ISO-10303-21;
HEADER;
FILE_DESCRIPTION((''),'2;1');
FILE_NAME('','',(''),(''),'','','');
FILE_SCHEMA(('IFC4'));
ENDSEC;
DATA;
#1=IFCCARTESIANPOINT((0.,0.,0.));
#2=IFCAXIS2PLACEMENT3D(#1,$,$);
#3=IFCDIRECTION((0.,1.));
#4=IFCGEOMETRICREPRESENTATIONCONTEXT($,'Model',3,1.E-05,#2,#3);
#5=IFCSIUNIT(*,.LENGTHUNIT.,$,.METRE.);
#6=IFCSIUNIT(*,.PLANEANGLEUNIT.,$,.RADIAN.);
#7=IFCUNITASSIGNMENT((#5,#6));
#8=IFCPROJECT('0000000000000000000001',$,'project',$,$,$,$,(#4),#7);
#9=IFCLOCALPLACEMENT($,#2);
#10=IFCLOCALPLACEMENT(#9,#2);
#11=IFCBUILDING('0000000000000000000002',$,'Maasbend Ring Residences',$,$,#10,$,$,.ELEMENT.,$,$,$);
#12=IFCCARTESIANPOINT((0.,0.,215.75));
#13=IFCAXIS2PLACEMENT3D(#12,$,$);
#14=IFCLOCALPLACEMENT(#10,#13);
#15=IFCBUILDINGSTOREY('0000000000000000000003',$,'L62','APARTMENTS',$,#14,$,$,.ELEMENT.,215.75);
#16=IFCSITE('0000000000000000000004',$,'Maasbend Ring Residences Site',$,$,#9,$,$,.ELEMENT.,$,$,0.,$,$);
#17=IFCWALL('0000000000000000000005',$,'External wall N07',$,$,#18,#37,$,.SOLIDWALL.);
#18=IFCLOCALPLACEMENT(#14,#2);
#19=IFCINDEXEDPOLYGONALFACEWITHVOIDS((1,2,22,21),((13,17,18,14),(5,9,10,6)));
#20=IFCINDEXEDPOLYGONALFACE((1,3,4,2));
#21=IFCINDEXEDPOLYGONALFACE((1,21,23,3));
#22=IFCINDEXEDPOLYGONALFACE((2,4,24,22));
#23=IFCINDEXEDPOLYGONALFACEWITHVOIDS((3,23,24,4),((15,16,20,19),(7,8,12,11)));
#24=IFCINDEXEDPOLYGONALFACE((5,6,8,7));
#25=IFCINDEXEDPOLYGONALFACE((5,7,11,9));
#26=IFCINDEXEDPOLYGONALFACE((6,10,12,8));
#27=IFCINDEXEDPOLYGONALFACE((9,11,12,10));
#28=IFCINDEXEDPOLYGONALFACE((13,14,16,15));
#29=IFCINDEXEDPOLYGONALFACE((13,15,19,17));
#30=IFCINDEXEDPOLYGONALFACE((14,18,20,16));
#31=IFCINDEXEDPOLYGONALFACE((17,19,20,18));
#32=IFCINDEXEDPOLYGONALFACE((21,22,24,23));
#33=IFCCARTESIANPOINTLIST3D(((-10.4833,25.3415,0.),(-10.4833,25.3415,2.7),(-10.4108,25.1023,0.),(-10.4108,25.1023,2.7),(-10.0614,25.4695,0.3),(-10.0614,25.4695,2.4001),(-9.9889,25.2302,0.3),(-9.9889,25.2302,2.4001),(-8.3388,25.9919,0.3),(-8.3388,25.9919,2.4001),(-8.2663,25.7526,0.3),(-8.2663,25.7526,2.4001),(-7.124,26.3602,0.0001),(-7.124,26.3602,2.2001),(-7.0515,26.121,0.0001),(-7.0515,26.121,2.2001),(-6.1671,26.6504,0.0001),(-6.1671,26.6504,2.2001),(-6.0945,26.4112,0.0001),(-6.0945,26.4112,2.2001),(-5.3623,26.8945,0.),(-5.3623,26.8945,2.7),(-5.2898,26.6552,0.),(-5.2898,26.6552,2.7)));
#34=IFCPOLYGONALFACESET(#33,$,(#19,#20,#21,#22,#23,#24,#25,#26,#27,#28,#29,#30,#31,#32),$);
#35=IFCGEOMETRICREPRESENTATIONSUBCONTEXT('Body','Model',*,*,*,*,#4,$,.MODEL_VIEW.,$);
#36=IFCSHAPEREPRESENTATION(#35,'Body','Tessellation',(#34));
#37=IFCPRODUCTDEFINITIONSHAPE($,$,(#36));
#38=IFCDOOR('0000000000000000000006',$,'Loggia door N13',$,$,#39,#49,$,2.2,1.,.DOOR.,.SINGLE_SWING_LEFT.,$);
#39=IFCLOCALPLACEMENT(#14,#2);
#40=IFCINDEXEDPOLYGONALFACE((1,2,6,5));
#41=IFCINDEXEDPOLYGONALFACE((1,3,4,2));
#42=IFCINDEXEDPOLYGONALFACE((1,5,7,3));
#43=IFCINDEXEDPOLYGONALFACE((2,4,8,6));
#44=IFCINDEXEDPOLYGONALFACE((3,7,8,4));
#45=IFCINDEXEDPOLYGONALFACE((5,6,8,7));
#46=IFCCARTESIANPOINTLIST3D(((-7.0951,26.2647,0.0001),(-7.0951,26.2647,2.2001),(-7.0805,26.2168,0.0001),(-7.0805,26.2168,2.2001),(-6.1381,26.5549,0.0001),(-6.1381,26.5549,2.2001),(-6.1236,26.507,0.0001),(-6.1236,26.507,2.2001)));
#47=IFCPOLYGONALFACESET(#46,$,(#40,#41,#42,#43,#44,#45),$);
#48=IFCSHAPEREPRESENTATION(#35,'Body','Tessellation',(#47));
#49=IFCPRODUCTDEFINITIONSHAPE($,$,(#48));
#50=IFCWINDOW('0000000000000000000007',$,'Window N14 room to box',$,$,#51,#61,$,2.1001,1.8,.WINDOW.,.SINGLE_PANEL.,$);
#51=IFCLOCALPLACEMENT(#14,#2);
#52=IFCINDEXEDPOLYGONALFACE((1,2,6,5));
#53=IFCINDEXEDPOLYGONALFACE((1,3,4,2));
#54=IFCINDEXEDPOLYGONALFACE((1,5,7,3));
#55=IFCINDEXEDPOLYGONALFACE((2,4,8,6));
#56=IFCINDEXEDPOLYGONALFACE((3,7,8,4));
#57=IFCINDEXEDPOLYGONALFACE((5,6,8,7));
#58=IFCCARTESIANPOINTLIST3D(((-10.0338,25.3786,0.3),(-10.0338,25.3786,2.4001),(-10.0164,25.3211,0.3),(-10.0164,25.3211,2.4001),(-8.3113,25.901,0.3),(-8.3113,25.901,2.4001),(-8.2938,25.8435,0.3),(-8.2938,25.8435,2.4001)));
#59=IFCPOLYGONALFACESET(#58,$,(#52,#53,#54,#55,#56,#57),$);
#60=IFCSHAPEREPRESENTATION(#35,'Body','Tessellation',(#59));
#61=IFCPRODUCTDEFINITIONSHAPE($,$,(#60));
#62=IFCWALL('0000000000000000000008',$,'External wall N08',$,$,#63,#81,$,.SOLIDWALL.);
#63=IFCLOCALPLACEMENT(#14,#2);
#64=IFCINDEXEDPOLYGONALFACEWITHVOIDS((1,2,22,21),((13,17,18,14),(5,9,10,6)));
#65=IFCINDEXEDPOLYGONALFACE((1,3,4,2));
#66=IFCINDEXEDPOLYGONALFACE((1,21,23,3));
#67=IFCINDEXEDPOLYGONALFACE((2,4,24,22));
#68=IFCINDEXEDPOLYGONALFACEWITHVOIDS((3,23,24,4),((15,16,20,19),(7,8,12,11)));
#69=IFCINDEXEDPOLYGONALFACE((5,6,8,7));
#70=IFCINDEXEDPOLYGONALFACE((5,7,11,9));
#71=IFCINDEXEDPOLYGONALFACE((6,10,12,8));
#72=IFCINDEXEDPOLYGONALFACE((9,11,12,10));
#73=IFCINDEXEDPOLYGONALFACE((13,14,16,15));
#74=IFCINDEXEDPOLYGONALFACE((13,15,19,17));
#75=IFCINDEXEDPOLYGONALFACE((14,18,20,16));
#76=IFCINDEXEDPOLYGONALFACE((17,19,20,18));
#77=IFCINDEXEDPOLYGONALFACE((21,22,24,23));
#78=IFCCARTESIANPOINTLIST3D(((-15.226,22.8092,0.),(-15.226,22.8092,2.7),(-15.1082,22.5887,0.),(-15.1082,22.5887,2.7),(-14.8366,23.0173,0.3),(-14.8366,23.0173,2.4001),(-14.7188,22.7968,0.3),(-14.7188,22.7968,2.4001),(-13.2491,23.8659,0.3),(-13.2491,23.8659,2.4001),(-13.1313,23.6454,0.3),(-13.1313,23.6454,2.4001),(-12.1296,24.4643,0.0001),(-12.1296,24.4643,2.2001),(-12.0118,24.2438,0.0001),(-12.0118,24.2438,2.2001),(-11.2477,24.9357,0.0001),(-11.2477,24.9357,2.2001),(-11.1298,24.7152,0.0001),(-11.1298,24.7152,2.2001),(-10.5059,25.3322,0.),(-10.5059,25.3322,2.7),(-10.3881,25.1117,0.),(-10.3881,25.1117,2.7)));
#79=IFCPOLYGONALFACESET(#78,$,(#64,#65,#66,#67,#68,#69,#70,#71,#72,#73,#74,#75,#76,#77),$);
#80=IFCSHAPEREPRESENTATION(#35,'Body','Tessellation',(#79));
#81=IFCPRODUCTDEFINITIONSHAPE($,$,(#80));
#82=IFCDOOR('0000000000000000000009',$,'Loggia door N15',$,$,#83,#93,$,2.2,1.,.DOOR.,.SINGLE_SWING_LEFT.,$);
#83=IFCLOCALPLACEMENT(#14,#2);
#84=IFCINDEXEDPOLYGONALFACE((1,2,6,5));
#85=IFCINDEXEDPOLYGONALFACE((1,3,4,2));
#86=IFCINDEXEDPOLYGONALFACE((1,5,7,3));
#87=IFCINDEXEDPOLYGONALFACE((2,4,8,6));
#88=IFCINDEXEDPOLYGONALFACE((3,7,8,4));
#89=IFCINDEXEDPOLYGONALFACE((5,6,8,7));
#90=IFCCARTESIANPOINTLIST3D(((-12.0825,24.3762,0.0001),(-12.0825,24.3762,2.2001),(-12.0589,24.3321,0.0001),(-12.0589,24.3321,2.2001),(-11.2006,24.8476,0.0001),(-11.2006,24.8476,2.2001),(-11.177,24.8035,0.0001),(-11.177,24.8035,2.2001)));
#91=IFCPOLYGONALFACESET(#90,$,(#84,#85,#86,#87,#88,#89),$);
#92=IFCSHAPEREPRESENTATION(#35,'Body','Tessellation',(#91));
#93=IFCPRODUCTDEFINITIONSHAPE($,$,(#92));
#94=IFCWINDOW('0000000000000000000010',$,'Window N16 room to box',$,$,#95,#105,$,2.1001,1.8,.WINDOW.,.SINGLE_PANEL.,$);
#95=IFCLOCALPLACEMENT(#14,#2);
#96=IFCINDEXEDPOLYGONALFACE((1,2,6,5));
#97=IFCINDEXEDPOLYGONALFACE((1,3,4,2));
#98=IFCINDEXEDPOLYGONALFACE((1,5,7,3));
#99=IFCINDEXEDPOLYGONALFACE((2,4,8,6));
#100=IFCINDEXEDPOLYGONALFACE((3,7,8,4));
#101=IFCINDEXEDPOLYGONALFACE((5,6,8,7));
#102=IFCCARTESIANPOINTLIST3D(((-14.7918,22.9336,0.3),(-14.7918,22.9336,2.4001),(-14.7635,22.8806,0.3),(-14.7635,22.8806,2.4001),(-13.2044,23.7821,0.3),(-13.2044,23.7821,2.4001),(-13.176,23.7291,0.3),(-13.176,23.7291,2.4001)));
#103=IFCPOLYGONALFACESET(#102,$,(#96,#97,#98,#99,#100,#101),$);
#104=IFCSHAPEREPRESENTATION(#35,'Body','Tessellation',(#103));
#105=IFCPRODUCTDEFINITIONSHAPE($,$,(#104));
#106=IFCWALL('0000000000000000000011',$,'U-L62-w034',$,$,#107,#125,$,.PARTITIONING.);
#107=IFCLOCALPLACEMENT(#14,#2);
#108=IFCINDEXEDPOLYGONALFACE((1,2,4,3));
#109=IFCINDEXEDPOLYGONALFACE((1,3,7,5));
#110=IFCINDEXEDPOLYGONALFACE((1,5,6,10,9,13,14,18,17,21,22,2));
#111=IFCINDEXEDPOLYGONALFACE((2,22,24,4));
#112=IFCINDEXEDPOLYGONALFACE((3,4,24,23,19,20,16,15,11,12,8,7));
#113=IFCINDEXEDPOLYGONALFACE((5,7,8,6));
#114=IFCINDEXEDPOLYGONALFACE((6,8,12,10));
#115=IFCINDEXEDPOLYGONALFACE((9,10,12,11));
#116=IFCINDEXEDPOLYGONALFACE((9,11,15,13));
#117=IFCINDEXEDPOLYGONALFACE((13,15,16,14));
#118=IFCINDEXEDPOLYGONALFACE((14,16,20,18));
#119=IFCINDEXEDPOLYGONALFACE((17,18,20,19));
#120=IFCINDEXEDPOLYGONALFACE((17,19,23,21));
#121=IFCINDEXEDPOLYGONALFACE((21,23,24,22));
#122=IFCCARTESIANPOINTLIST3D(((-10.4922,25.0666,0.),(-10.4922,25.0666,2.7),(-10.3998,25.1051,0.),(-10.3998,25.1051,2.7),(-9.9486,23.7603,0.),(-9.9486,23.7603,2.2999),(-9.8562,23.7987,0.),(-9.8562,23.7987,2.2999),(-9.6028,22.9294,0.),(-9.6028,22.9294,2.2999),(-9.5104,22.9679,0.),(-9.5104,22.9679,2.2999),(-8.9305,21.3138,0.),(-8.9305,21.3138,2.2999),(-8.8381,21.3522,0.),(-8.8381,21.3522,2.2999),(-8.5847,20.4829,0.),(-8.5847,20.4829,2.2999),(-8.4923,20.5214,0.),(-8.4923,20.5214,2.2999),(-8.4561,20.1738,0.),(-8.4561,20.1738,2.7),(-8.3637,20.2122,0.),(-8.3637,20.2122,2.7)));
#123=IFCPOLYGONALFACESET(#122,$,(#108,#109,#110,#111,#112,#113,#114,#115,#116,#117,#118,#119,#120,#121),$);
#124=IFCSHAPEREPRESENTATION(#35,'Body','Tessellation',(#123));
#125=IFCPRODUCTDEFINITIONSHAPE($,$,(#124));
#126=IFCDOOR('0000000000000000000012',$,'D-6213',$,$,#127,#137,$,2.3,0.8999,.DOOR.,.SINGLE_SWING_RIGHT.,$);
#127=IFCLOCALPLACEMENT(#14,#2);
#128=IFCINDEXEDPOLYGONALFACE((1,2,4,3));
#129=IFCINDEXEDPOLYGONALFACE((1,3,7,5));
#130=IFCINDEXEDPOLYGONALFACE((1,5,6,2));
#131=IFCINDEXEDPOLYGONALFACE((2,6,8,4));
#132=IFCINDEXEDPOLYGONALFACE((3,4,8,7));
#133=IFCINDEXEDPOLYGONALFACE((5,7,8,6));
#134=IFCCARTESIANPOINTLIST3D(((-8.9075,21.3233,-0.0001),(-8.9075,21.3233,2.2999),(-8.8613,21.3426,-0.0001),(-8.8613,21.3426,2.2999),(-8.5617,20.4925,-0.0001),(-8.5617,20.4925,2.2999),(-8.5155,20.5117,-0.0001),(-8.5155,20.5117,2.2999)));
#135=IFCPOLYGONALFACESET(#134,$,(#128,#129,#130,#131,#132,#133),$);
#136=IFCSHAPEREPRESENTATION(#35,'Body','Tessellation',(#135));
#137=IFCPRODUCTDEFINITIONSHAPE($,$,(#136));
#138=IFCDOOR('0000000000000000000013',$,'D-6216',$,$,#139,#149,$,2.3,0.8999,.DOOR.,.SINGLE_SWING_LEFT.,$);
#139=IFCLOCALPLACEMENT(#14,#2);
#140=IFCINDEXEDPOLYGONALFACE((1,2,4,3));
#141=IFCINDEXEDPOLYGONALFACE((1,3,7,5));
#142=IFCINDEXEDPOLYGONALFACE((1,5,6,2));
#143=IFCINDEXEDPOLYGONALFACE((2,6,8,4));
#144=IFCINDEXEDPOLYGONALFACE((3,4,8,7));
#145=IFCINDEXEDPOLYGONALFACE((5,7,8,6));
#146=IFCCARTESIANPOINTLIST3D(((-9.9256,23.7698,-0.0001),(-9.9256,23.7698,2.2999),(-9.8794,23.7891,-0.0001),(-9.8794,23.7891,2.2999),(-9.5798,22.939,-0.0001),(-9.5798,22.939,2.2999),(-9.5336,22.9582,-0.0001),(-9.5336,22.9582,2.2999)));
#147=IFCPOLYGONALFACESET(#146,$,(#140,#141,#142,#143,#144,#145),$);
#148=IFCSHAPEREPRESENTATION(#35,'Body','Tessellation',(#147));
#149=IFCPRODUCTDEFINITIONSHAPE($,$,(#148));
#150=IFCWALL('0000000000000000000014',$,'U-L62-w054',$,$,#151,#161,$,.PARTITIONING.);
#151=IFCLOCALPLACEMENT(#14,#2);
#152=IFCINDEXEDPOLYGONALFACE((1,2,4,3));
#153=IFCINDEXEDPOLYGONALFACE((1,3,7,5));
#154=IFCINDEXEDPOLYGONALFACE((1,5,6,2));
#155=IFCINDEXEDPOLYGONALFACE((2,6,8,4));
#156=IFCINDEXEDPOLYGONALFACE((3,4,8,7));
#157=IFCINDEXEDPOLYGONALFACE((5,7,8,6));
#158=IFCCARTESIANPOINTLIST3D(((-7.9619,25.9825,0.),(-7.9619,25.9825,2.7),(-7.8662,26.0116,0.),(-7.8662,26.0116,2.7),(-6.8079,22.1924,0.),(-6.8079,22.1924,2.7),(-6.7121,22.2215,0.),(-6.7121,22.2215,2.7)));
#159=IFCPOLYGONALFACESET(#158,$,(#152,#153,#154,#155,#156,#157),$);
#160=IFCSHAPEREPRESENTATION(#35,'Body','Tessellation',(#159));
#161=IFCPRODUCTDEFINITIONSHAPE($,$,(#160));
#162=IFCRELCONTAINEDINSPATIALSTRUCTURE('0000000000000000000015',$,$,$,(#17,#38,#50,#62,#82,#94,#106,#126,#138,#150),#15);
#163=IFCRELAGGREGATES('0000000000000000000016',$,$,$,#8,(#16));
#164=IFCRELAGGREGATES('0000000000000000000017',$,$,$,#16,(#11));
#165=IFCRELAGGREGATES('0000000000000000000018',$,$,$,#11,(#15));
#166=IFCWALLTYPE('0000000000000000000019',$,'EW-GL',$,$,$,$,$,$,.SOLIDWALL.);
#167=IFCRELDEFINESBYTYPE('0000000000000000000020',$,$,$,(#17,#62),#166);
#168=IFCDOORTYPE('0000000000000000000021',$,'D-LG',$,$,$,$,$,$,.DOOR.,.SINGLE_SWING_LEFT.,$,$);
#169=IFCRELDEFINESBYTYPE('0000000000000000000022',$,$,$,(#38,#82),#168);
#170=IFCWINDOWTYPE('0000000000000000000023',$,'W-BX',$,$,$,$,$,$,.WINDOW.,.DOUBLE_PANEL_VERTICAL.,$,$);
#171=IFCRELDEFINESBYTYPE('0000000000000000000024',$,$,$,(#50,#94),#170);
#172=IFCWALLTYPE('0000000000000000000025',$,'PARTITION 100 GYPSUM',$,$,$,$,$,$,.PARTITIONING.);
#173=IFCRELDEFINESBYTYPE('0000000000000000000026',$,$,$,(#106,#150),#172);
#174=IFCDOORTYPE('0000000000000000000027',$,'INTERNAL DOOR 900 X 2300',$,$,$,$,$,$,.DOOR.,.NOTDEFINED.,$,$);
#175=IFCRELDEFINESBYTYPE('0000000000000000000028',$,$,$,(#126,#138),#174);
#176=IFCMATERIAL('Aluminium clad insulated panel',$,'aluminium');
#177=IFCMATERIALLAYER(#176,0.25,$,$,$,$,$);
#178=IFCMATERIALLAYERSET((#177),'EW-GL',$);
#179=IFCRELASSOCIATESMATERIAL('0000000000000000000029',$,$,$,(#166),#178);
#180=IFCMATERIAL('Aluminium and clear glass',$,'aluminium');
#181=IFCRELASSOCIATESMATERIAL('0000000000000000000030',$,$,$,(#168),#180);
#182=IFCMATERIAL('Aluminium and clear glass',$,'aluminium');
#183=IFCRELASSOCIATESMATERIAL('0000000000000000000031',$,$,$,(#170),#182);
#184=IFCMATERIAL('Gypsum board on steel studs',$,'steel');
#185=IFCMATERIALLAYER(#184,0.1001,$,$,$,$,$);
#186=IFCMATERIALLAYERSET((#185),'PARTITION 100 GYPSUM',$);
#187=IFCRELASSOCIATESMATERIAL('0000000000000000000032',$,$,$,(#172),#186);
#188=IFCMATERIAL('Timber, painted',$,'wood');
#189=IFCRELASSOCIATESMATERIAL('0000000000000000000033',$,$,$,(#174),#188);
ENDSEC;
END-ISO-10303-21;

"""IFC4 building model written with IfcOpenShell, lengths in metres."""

from ifc_helpers import new_model, si_unit, direction, frame, frame_2d, origin, place, context, subcontext, project, spatial, rectangle, extrude, material, layer, layer_set, type_object, element, fill, save


model = new_model("IFC4")

# Units and contexts
model_context = context("Model", 3, precision=1e-05, world=origin(), true_north=direction((0.0, 1.0)))
body_context = subcontext(model_context, "Body", "Model", "MODEL_VIEW")
ifc_project = project(units=[si_unit("LENGTHUNIT", "METRE"), si_unit("PLANEANGLEUNIT", "RADIAN")], contexts=[model_context])

# Site, building, storey
site_placement = place(None, origin())
site = spatial("IfcSite", under=ifc_project, at=site_placement, Name="Maasbend Ring Residences Site", CompositionType="ELEMENT", RefElevation=0.0)
building_placement = place(site_placement, origin())
building = spatial("IfcBuilding", under=site, at=building_placement, Name="Maasbend Ring Residences", CompositionType="ELEMENT")
storey_placement = place(building_placement, frame((0.0, 0.0, 215.75)))
storey = spatial("IfcBuildingStorey", under=building, at=storey_placement, Name="L62", Description="APARTMENTS", CompositionType="ELEMENT", Elevation=215.75)

# Walls, openings, doors, windows
ifc_material_1 = material(Name="Aluminium clad insulated panel", Category="aluminium")
ifc_layer_1 = layer(ifc_material_1, 0.25)
ifc_layer_set_1 = layer_set([ifc_layer_1], Name="EW-GL")
wall_type_1 = type_object("IfcWallType", Name="EW-GL", PredefinedType="SOLIDWALL", material=ifc_layer_set_1)
wall_1_placement = place(storey_placement, frame((-5.3259, 26.7749, 0.0), z_axis=(0.0, 0.0, 1.0), x_axis=(-0.956966, -0.290201, 0.0)))
wall_1 = element("IfcWall", 1, at=wall_1_placement, inside=storey, type_object=wall_type_1, Name="External wall N07", PredefinedType="SOLIDWALL", context=body_context, shape_type="SweptSolid", body=[
    extrude(rectangle(XDim=5.3513, YDim=0.25, at=frame_2d((2.6758, 0.0))), origin(), (0.0, 0.0, 1.0), 2.7),
])
opening_1_placement = place(wall_1_placement, frame((0.8411, 0.0, 0.0)))
opening_1 = element("IfcOpeningElement", 2, at=opening_1_placement, cuts=wall_1, PredefinedType="OPENING", context=body_context, shape_type="SweptSolid", body=[
    extrude(rectangle(XDim=1.0, YDim=2.2, at=frame_2d((0.5, 1.1001))), frame((0.0, 0.135, 0.0), z_axis=(0.0, -1.0, 0.0), x_axis=(1.0, 0.0, 0.0)), (0.0, 0.0, 1.0), 0.27),
])
opening_2_placement = place(wall_1_placement, frame((3.1106, 0.0, 0.3)))
opening_2 = element("IfcOpeningElement", 3, at=opening_2_placement, cuts=wall_1, PredefinedType="OPENING", context=body_context, shape_type="SweptSolid", body=[
    extrude(rectangle(XDim=1.8, YDim=2.1001, at=frame_2d((0.8999, 1.05))), frame((0.0, 0.135, 0.0), z_axis=(0.0, -1.0, 0.0), x_axis=(1.0, 0.0, 0.0)), (0.0, 0.0, 1.0), 0.27),
])
ifc_material_2 = material(Name="Aluminium and clear glass", Category="aluminium")
door_type_1 = type_object("IfcDoorType", Name="D-LG", OperationType="SINGLE_SWING_LEFT", PredefinedType="DOOR", material=ifc_material_2)
door_1_placement = place(opening_1_placement, origin())
door_1 = element("IfcDoor", 4, at=door_1_placement, inside=storey, type_object=door_type_1, Name="Loggia door N13", OperationType="SINGLE_SWING_LEFT", OverallHeight=2.2, OverallWidth=1.0, PredefinedType="DOOR", context=body_context, shape_type="SweptSolid", body=[
    extrude(rectangle(XDim=1.0, YDim=2.2, at=frame_2d((0.5, 1.1001))), frame((0.0, 0.0249, 0.0), z_axis=(0.0, -1.0, 0.0), x_axis=(1.0, 0.0, 0.0)), (0.0, 0.0, 1.0), 0.05),
])
fill(opening_1, door_1)
ifc_material_3 = material(Name="Aluminium and clear glass", Category="aluminium")
window_type_1 = type_object("IfcWindowType", Name="W-BX", PartitioningType="DOUBLE_PANEL_VERTICAL", PredefinedType="WINDOW", material=ifc_material_3)
window_1_placement = place(opening_2_placement, origin())
window_1 = element("IfcWindow", 5, at=window_1_placement, inside=storey, type_object=window_type_1, Name="Window N14 room to box", OverallHeight=2.1001, OverallWidth=1.8, PartitioningType="SINGLE_PANEL", PredefinedType="WINDOW", context=body_context, shape_type="SweptSolid", body=[
    extrude(rectangle(XDim=1.8, YDim=2.1001, at=frame_2d((0.8999, 1.05))), frame((0.0, 0.03, 0.0), z_axis=(0.0, -1.0, 0.0), x_axis=(1.0, 0.0, 0.0)), (0.0, 0.0, 1.0), 0.0601),
])
fill(opening_2, window_1)
wall_2_placement = place(storey_placement, frame((-10.447, 25.2219, 0.0), z_axis=(0.0, 0.0, 1.0), x_axis=(-0.881916, -0.471407, 0.0)))
wall_2 = element("IfcWall", 6, at=wall_2_placement, inside=storey, type_object=wall_type_1, Name="External wall N08", PredefinedType="SOLIDWALL", context=body_context, shape_type="SweptSolid", body=[
    extrude(rectangle(XDim=5.3521, YDim=0.25, at=frame_2d((2.676, 0.0))), origin(), (0.0, 0.0, 1.0), 2.7),
])
opening_3_placement = place(wall_2_placement, frame((0.8411, 0.0, 0.0)))
opening_3 = element("IfcOpeningElement", 7, at=opening_3_placement, cuts=wall_2, PredefinedType="OPENING", context=body_context, shape_type="SweptSolid", body=[
    extrude(rectangle(XDim=1.0, YDim=2.2, at=frame_2d((0.5, 1.1001))), frame((0.0, 0.135, 0.0), z_axis=(0.0, -1.0, 0.0), x_axis=(1.0, 0.0, 0.0)), (0.0, 0.0, 1.0), 0.27),
])
opening_4_placement = place(wall_2_placement, frame((3.1106, 0.0, 0.3)))
opening_4 = element("IfcOpeningElement", 8, at=opening_4_placement, cuts=wall_2, PredefinedType="OPENING", context=body_context, shape_type="SweptSolid", body=[
    extrude(rectangle(XDim=1.8, YDim=2.1001, at=frame_2d((0.8999, 1.05))), frame((0.0, 0.135, 0.0), z_axis=(0.0, -1.0, 0.0), x_axis=(1.0, 0.0, 0.0)), (0.0, 0.0, 1.0), 0.27),
])
door_2_placement = place(opening_3_placement, origin())
door_2 = element("IfcDoor", 9, at=door_2_placement, inside=storey, type_object=door_type_1, Name="Loggia door N15", OperationType="SINGLE_SWING_LEFT", OverallHeight=2.2, OverallWidth=1.0, PredefinedType="DOOR", context=body_context, shape_type="SweptSolid", body=[
    extrude(rectangle(XDim=1.0, YDim=2.2, at=frame_2d((0.5, 1.1001))), frame((0.0, 0.0249, 0.0), z_axis=(0.0, -1.0, 0.0), x_axis=(1.0, 0.0, 0.0)), (0.0, 0.0, 1.0), 0.05),
])
fill(opening_3, door_2)
window_2_placement = place(opening_4_placement, origin())
window_2 = element("IfcWindow", 10, at=window_2_placement, inside=storey, type_object=window_type_1, Name="Window N16 room to box", OverallHeight=2.1001, OverallWidth=1.8, PartitioningType="SINGLE_PANEL", PredefinedType="WINDOW", context=body_context, shape_type="SweptSolid", body=[
    extrude(rectangle(XDim=1.8, YDim=2.1001, at=frame_2d((0.8999, 1.05))), frame((0.0, 0.03, 0.0), z_axis=(0.0, -1.0, 0.0), x_axis=(1.0, 0.0, 0.0)), (0.0, 0.0, 1.0), 0.0601),
])
fill(opening_4, window_2)

# Wall, openings, doors
ifc_material_4 = material(Name="Gypsum board on steel studs", Category="steel")
ifc_layer_2 = layer(ifc_material_4, 0.1001)
ifc_layer_set_2 = layer_set([ifc_layer_2], Name="PARTITION 100 GYPSUM")
wall_type_2 = type_object("IfcWallType", Name="PARTITION 100 GYPSUM", PredefinedType="PARTITIONING", material=ifc_layer_set_2)
wall_3_placement = place(storey_placement, frame((-10.446, 25.0859, 0.0), z_axis=(0.0, 0.0, 1.0), x_axis=(0.384206, -0.923247, 0.0)))
wall_3 = element("IfcWall", 11, at=wall_3_placement, inside=storey, type_object=wall_type_2, Name="U-L62-w034", PredefinedType="PARTITIONING", context=body_context, shape_type="SweptSolid", body=[
    extrude(rectangle(XDim=5.2996, YDim=0.1001, at=frame_2d((2.6499, 0.0))), origin(), (0.0, 0.0, 1.0), 2.7),
])
opening_5_placement = place(wall_3_placement, frame((4.0649, 0.0, 0.0)))
opening_5 = element("IfcOpeningElement", 12, at=opening_5_placement, cuts=wall_3, PredefinedType="OPENING", context=body_context, shape_type="SweptSolid", body=[
    extrude(rectangle(XDim=0.8999, YDim=2.3, at=frame_2d((0.45, 1.1499))), frame((0.0, 0.0601, 0.0), z_axis=(0.0, -1.0, 0.0), x_axis=(1.0, 0.0, 0.0)), (0.0, 0.0, 1.0), 0.1201),
])
opening_6_placement = place(wall_3_placement, frame((1.415, 0.0, 0.0)))
opening_6 = element("IfcOpeningElement", 13, at=opening_6_placement, cuts=wall_3, PredefinedType="OPENING", context=body_context, shape_type="SweptSolid", body=[
    extrude(rectangle(XDim=0.8999, YDim=2.3, at=frame_2d((0.45, 1.1499))), frame((0.0, 0.0601, 0.0), z_axis=(0.0, -1.0, 0.0), x_axis=(1.0, 0.0, 0.0)), (0.0, 0.0, 1.0), 0.1201),
])
ifc_material_5 = material(Name="Timber, painted", Category="wood")
door_type_2 = type_object("IfcDoorType", Name="INTERNAL DOOR 900 X 2300", OperationType="NOTDEFINED", PredefinedType="DOOR", material=ifc_material_5)
door_3_placement = place(opening_5_placement, origin())
door_3 = element("IfcDoor", 14, at=door_3_placement, inside=storey, type_object=door_type_2, Name="D-6213", OperationType="SINGLE_SWING_RIGHT", OverallHeight=2.3, OverallWidth=0.8999, PredefinedType="DOOR", context=body_context, shape_type="SweptSolid", body=[
    extrude(rectangle(XDim=0.8999, YDim=2.3, at=frame_2d((0.45, 1.1499))), frame((0.0, 0.0249, 0.0), z_axis=(0.0, -1.0, 0.0), x_axis=(1.0, 0.0, 0.0)), (0.0, 0.0, 1.0), 0.05),
])
fill(opening_5, door_3)
door_4_placement = place(opening_6_placement, origin())
door_4 = element("IfcDoor", 15, at=door_4_placement, inside=storey, type_object=door_type_2, Name="D-6216", OperationType="SINGLE_SWING_LEFT", OverallHeight=2.3, OverallWidth=0.8999, PredefinedType="DOOR", context=body_context, shape_type="SweptSolid", body=[
    extrude(rectangle(XDim=0.8999, YDim=2.3, at=frame_2d((0.45, 1.1499))), frame((0.0, 0.0249, 0.0), z_axis=(0.0, -1.0, 0.0), x_axis=(1.0, 0.0, 0.0)), (0.0, 0.0, 1.0), 0.05),
])
fill(opening_6, door_4)

# Wall
wall_4_placement = place(storey_placement, frame((-7.9141, 25.9971, 0.0), z_axis=(0.0, 0.0, 1.0), x_axis=(0.291292, -0.956634, 0.0)))
element("IfcWall", 16, at=wall_4_placement, inside=storey, type_object=wall_type_2, Name="U-L62-w054", PredefinedType="PARTITIONING", context=body_context, shape_type="SweptSolid", body=[
    extrude(rectangle(XDim=3.9619, YDim=0.1001, at=frame_2d((1.981, 0.0))), origin(), (0.0, 0.0, 1.0), 2.7),
])

save(model, "model.ifc")
